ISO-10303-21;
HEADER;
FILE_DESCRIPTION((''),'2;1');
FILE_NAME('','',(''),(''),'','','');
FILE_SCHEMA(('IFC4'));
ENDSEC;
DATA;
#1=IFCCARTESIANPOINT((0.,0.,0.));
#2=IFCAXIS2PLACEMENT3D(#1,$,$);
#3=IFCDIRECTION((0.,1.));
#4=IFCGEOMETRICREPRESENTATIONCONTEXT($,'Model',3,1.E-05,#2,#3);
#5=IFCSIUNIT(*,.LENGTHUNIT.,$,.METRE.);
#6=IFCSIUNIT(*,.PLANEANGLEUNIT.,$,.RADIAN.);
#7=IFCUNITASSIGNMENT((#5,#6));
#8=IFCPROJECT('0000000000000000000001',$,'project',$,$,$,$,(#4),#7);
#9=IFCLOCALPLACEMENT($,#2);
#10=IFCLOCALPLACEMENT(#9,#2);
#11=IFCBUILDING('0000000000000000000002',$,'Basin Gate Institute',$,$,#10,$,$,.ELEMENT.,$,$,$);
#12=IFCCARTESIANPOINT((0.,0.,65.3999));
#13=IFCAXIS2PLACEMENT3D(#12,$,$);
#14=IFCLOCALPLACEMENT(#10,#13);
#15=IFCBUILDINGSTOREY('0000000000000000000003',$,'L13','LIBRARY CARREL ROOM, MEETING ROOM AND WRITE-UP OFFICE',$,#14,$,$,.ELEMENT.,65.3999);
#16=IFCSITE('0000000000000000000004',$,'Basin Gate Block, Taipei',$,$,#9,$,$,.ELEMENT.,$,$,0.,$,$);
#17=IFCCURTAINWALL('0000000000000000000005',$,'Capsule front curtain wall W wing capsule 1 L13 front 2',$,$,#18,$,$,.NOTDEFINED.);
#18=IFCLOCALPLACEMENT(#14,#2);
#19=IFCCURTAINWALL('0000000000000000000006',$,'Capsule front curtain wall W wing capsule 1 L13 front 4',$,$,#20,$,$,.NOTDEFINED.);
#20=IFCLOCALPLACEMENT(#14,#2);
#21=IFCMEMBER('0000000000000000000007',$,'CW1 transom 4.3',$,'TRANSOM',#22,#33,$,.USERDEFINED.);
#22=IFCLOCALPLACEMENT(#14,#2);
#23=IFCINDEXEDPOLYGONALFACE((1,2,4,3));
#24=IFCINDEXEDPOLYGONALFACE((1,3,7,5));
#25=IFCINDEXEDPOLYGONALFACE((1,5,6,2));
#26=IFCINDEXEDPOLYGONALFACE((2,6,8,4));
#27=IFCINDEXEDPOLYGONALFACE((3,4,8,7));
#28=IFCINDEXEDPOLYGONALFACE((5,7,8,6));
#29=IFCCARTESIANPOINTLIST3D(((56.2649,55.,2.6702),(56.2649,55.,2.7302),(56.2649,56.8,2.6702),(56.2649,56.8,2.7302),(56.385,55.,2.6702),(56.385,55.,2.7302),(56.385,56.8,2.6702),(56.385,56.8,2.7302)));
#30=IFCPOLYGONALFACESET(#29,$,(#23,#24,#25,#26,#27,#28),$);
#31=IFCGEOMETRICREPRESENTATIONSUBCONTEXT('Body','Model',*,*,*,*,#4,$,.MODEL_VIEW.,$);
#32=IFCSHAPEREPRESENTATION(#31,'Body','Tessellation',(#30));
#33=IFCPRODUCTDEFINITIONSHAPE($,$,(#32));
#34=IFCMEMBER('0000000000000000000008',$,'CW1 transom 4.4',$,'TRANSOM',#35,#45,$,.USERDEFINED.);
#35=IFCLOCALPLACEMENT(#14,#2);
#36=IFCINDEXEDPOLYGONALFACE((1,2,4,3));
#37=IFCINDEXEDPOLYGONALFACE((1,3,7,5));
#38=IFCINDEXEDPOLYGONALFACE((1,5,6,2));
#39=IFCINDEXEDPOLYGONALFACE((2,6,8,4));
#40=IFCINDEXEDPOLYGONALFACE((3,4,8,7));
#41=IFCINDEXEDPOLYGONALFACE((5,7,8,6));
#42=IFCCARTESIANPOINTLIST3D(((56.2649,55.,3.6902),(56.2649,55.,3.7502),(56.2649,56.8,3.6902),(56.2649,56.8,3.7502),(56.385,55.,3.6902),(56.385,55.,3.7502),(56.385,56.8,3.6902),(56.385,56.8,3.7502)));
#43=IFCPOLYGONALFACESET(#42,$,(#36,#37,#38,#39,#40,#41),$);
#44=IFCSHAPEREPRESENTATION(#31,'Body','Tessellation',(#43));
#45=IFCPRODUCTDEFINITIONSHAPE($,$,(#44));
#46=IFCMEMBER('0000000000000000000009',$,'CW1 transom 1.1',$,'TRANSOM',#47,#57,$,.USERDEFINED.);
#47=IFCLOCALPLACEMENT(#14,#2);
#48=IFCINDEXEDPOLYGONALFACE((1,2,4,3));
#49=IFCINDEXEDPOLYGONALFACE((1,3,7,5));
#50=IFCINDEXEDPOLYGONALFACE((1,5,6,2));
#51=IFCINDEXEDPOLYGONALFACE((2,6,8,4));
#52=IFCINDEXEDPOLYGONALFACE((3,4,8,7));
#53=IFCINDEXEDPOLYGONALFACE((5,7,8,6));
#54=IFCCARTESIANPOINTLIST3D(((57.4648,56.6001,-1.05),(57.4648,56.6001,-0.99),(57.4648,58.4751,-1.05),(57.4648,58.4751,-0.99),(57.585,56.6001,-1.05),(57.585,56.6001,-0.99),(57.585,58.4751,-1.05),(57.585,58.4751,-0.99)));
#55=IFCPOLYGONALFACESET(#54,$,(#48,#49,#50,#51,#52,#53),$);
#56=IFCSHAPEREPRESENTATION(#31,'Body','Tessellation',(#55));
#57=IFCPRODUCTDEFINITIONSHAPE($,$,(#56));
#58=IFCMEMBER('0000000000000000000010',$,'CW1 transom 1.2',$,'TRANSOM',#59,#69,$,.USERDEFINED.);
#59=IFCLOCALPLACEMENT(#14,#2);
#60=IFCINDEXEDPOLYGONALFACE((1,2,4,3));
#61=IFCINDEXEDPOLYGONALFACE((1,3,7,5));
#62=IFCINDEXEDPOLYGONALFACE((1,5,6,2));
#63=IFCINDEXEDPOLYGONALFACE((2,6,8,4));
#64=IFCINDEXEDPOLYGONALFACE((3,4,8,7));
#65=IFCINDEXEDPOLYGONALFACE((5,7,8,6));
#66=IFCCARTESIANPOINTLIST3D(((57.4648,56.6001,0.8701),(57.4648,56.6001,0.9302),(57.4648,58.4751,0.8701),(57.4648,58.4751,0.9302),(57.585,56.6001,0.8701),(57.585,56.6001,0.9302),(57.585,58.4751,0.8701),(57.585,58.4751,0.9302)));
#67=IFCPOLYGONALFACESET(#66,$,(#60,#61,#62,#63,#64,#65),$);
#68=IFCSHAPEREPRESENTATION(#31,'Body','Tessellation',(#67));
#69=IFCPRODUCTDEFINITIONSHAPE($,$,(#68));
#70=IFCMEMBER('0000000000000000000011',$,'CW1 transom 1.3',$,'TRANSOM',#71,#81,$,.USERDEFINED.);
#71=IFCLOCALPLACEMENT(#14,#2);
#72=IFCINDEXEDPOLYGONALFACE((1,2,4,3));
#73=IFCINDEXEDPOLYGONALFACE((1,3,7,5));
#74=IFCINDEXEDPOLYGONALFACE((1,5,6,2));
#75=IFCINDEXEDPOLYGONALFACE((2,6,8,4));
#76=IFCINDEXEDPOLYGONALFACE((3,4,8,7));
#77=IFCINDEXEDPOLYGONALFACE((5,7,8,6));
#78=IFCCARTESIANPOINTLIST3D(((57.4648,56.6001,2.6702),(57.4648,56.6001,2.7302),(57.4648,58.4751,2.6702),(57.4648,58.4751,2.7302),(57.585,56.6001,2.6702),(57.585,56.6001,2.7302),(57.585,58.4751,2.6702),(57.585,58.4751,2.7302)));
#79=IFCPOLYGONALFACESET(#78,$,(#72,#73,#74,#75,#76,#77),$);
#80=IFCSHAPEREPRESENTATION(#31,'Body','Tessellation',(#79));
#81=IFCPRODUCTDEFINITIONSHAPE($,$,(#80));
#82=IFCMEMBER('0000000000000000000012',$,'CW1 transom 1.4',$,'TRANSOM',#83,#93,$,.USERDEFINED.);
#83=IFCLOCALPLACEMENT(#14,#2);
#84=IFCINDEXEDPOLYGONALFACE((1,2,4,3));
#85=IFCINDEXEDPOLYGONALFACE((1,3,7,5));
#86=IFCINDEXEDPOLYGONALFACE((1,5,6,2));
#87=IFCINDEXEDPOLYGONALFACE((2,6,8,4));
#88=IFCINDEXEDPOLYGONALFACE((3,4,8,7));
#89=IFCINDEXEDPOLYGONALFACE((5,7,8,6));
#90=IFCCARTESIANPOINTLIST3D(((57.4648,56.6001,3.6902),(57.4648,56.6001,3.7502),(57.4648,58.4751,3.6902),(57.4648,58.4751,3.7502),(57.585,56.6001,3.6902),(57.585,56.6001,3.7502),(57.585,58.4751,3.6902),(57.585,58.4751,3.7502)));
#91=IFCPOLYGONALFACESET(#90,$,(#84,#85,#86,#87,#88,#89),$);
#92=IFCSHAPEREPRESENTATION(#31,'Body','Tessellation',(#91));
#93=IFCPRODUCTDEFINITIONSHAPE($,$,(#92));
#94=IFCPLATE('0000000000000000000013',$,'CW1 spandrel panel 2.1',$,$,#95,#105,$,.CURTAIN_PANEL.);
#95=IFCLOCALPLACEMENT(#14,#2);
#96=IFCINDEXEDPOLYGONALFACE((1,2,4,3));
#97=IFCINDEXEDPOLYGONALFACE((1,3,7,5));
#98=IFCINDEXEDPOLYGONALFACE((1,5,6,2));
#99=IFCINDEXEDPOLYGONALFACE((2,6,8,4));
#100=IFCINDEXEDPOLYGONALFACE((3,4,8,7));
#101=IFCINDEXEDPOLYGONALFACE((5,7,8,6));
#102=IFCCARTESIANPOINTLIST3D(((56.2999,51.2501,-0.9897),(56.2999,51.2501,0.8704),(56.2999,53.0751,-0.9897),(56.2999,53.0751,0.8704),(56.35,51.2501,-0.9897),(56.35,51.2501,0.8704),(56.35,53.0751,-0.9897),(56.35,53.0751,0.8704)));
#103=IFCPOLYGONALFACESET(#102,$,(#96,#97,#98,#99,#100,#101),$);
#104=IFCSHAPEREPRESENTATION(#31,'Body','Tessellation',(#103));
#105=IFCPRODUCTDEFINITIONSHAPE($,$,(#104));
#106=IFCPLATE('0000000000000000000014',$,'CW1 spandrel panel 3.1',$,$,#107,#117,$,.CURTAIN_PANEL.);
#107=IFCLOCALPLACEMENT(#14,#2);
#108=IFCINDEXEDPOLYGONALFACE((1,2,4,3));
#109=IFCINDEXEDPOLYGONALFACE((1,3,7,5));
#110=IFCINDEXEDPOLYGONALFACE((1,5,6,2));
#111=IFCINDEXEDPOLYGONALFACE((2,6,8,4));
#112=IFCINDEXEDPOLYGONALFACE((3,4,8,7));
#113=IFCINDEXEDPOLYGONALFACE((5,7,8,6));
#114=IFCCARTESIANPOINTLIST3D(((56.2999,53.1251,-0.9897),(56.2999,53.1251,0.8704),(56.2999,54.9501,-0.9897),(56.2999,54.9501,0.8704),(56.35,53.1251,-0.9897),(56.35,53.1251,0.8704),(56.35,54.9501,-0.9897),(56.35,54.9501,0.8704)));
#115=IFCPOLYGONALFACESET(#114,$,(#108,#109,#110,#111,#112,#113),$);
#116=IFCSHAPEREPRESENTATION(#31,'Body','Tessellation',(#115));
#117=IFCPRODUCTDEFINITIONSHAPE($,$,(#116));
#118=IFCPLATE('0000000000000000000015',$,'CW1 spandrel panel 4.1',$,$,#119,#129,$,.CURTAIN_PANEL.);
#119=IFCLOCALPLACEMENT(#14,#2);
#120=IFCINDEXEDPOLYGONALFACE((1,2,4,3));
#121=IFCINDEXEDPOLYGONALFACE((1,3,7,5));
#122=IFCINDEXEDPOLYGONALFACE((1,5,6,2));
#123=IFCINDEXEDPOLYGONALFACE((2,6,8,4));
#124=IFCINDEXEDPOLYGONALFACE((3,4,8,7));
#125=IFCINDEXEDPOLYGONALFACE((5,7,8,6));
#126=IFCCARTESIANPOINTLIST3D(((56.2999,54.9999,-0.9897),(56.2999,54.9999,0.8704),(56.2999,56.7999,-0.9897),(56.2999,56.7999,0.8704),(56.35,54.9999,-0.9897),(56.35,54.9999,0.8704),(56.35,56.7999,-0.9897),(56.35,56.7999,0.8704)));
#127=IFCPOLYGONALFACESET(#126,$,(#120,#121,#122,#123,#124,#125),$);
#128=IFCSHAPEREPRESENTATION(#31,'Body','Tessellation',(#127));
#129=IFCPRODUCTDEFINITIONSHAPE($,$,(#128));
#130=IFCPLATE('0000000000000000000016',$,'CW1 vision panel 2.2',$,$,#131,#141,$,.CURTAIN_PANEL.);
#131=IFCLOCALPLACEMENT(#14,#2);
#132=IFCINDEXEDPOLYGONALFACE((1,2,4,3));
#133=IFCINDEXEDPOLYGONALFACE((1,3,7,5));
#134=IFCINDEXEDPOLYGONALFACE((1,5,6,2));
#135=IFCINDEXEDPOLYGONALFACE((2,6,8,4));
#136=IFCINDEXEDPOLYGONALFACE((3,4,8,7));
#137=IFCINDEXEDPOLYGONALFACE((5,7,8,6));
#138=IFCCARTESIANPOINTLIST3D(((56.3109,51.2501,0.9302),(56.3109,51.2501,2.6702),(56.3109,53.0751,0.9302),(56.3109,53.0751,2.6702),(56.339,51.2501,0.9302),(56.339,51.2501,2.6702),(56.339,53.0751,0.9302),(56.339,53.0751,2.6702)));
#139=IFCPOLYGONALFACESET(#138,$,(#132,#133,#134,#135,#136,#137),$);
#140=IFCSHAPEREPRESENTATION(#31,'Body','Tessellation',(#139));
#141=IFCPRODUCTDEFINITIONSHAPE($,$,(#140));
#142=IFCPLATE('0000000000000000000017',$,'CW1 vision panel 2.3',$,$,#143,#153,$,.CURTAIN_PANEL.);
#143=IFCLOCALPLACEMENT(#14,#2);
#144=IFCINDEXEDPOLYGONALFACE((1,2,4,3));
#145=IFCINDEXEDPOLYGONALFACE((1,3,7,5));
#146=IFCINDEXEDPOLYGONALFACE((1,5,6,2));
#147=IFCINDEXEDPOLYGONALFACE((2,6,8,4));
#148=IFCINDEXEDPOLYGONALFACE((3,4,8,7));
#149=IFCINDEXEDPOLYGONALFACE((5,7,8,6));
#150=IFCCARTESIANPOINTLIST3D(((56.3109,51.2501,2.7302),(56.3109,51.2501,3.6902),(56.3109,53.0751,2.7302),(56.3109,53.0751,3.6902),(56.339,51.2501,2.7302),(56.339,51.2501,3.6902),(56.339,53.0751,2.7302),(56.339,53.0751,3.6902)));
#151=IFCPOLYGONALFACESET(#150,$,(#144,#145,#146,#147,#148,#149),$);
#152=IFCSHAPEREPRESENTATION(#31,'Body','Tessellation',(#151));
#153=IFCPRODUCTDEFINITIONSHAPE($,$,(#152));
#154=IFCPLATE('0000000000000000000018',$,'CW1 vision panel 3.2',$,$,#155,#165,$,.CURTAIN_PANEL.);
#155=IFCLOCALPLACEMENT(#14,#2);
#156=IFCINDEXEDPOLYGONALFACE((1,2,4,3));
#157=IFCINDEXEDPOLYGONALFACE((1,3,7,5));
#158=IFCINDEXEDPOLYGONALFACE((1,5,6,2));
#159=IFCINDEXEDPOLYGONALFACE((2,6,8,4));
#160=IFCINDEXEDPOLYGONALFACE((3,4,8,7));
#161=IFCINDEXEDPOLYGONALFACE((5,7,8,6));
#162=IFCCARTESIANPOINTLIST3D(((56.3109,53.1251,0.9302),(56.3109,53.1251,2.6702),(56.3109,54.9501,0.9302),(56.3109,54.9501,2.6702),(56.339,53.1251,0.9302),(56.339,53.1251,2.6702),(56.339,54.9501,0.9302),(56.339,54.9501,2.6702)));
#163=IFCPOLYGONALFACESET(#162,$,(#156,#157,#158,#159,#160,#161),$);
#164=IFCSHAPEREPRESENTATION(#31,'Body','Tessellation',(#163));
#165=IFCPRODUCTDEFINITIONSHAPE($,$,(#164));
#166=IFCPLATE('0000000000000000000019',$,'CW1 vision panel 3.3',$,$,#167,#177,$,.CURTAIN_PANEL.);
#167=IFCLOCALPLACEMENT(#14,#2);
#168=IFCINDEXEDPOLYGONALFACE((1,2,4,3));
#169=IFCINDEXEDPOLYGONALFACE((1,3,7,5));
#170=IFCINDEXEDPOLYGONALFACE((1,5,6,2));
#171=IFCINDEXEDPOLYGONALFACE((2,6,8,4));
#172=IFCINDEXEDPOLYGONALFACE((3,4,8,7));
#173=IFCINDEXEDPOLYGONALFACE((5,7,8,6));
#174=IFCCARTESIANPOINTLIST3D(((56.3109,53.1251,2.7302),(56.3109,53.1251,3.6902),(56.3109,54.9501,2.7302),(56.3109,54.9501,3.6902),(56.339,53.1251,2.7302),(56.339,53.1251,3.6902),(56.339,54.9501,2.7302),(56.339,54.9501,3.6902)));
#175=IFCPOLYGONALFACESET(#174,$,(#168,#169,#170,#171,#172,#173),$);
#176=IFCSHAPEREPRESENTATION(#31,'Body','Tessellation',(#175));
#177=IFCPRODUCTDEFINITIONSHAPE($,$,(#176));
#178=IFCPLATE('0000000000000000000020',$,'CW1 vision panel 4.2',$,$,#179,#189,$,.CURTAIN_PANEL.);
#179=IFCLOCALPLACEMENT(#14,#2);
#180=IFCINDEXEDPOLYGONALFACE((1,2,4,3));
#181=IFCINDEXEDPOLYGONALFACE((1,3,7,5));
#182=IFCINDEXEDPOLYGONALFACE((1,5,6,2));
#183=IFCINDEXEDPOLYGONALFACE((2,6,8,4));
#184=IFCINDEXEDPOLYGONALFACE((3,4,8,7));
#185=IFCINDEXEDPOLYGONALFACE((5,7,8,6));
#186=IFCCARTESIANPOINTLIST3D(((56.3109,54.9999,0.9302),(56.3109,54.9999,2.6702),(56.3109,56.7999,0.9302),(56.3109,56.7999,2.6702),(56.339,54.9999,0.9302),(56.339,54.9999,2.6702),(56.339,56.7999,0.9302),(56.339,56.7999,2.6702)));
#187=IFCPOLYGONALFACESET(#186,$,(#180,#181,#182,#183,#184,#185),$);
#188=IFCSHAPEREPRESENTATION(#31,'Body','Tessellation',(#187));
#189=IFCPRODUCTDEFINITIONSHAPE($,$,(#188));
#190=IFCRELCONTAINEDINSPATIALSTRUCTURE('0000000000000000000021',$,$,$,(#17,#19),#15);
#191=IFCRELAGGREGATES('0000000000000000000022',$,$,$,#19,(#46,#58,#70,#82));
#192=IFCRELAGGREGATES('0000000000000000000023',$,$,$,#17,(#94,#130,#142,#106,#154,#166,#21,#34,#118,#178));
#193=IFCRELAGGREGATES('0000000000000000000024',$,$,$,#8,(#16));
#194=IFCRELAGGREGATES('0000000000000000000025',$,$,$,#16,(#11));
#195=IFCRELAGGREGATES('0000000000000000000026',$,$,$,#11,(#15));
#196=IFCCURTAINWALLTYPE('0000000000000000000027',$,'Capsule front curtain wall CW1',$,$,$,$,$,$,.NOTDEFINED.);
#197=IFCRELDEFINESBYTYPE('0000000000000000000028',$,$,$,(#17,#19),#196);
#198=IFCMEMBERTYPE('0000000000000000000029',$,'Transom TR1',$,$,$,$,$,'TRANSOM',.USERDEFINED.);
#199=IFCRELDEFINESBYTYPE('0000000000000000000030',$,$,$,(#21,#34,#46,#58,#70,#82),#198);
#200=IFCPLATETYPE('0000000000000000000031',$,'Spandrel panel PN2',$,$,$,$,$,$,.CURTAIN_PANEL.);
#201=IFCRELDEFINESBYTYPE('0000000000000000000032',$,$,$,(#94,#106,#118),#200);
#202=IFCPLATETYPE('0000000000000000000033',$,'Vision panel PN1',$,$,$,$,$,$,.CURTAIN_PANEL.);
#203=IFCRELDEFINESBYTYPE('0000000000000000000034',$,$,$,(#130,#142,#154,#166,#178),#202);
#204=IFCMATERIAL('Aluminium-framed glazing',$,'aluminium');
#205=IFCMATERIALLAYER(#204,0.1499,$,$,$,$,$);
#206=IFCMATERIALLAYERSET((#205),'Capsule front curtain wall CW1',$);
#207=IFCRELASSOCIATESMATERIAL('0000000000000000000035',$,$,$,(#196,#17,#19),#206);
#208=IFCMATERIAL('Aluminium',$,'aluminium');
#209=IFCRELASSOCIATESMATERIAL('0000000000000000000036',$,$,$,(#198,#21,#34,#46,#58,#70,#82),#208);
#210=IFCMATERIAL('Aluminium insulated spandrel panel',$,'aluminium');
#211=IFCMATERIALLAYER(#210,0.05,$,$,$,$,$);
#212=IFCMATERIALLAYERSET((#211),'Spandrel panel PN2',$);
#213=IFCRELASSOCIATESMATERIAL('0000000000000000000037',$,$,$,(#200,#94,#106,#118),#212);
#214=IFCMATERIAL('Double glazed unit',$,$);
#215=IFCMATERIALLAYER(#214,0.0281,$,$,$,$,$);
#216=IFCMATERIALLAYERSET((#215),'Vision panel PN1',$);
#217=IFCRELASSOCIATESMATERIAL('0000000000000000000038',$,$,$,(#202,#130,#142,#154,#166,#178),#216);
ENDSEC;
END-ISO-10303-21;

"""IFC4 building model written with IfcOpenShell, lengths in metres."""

from ifc_helpers import new_model, si_unit, direction, frame, origin, origin_2d, place, context, subcontext, project, spatial, rectangle, extrude, material, layer, layer_set, material_profile, profile_set, type_object, element, aggregate, save


model = new_model("IFC4")

# Units and contexts
model_context = context("Model", 3, precision=1e-05, world=origin(), true_north=direction((0.0, 1.0)))
body_context = subcontext(model_context, "Body", "Model", "MODEL_VIEW")
ifc_project = project(units=[si_unit("LENGTHUNIT", "METRE"), si_unit("PLANEANGLEUNIT", "RADIAN")], contexts=[model_context])

# Site, building, storey
site_placement = place(None, origin())
site = spatial("IfcSite", under=ifc_project, at=site_placement, Name="Basin Gate Block, Taipei", CompositionType="ELEMENT", RefElevation=0.0)
building_placement = place(site_placement, origin())
building = spatial("IfcBuilding", under=site, at=building_placement, Name="Basin Gate Institute", CompositionType="ELEMENT")
storey_placement = place(building_placement, frame((0.0, 0.0, 65.3999)))
storey = spatial("IfcBuildingStorey", under=building, at=storey_placement, Name="L13", Description="LIBRARY CARREL ROOM, MEETING ROOM AND WRITE-UP OFFICE", CompositionType="ELEMENT", Elevation=65.3999)

# Shared definitions
ifc_material_1 = material(Name="Aluminium-framed glazing", Category="aluminium")
ifc_layer_1 = layer(ifc_material_1, 0.1499)
ifc_layer_set_1 = layer_set([ifc_layer_1], Name="Capsule front curtain wall CW1")
curtain_wall_type = type_object("IfcCurtainWallType", Name="Capsule front curtain wall CW1", PredefinedType="NOTDEFINED", material=ifc_layer_set_1)

# Curtain wall
curtain_wall_1_placement = place(storey_placement, origin())
curtain_wall_1 = element("IfcCurtainWall", 1, at=curtain_wall_1_placement, inside=storey, type_object=curtain_wall_type, material=ifc_layer_set_1, Name="Capsule front curtain wall W wing capsule 1 L13 front 2", PredefinedType="NOTDEFINED")

# Curtain wall
curtain_wall_2_placement = place(storey_placement, origin())
curtain_wall_2 = element("IfcCurtainWall", 2, at=curtain_wall_2_placement, inside=storey, type_object=curtain_wall_type, material=ifc_layer_set_1, Name="Capsule front curtain wall W wing capsule 1 L13 front 4", PredefinedType="NOTDEFINED")

# Members
ifc_material_2 = material(Name="Aluminium", Category="aluminium")
ifc_material_profile_1 = material_profile(ifc_material_2, rectangle(XDim=0.1201, YDim=0.0601, at=origin_2d()), Name="Transom TR1 120 x 60")
ifc_profile_set_1 = profile_set([ifc_material_profile_1], Name="Aluminium")
member_type_1 = type_object("IfcMemberType", Name="Transom TR1", ElementType="TRANSOM", PredefinedType="USERDEFINED", material=ifc_profile_set_1)
member_1_placement = place(storey_placement, frame((56.325, 55.0, 2.7002), z_axis=(0.0, 1.0, 0.0), x_axis=(-1.0, 0.0, 0.0)))
member_1 = element("IfcMember", 3, at=member_1_placement, type_object=member_type_1, material=ifc_profile_set_1, Name="CW1 transom 4.3", ObjectType="TRANSOM", PredefinedType="USERDEFINED", context=body_context, shape_type="SweptSolid", body=[
    extrude(rectangle(XDim=0.1201, YDim=0.0601, at=origin_2d()), origin(), (0.0, 0.0, 1.0), 1.8),
])
member_2_placement = place(storey_placement, frame((56.325, 55.0, 3.7202), z_axis=(0.0, 1.0, 0.0), x_axis=(-1.0, 0.0, 0.0)))
member_2 = element("IfcMember", 4, at=member_2_placement, type_object=member_type_1, material=ifc_profile_set_1, Name="CW1 transom 4.4", ObjectType="TRANSOM", PredefinedType="USERDEFINED", context=body_context, shape_type="SweptSolid", body=[
    extrude(rectangle(XDim=0.1201, YDim=0.0601, at=origin_2d()), origin(), (0.0, 0.0, 1.0), 1.8),
])
member_3_placement = place(storey_placement, frame((57.5249, 56.6001, -1.02), z_axis=(0.0, 1.0, 0.0), x_axis=(-1.0, 0.0, 0.0)))
member_3 = element("IfcMember", 5, at=member_3_placement, type_object=member_type_1, material=ifc_profile_set_1, Name="CW1 transom 1.1", ObjectType="TRANSOM", PredefinedType="USERDEFINED", context=body_context, shape_type="SweptSolid", body=[
    extrude(rectangle(XDim=0.1201, YDim=0.0601, at=origin_2d()), origin(), (0.0, 0.0, 1.0), 1.875),
])
member_4_placement = place(storey_placement, frame((57.5249, 56.6001, 0.9001), z_axis=(0.0, 1.0, 0.0), x_axis=(-1.0, 0.0, 0.0)))
member_4 = element("IfcMember", 6, at=member_4_placement, type_object=member_type_1, material=ifc_profile_set_1, Name="CW1 transom 1.2", ObjectType="TRANSOM", PredefinedType="USERDEFINED", context=body_context, shape_type="SweptSolid", body=[
    extrude(rectangle(XDim=0.1201, YDim=0.0601, at=origin_2d()), origin(), (0.0, 0.0, 1.0), 1.875),
])
member_5_placement = place(storey_placement, frame((57.5249, 56.6001, 2.7002), z_axis=(0.0, 1.0, 0.0), x_axis=(-1.0, 0.0, 0.0)))
member_5 = element("IfcMember", 7, at=member_5_placement, type_object=member_type_1, material=ifc_profile_set_1, Name="CW1 transom 1.3", ObjectType="TRANSOM", PredefinedType="USERDEFINED", context=body_context, shape_type="SweptSolid", body=[
    extrude(rectangle(XDim=0.1201, YDim=0.0601, at=origin_2d()), origin(), (0.0, 0.0, 1.0), 1.875),
])
member_6_placement = place(storey_placement, frame((57.5249, 56.6001, 3.7202), z_axis=(0.0, 1.0, 0.0), x_axis=(-1.0, 0.0, 0.0)))
member_6 = element("IfcMember", 8, at=member_6_placement, type_object=member_type_1, material=ifc_profile_set_1, Name="CW1 transom 1.4", ObjectType="TRANSOM", PredefinedType="USERDEFINED", context=body_context, shape_type="SweptSolid", body=[
    extrude(rectangle(XDim=0.1201, YDim=0.0601, at=origin_2d()), origin(), (0.0, 0.0, 1.0), 1.875),
])
aggregate(curtain_wall_2, [member_3, member_4, member_5, member_6])

# Plates
ifc_material_3 = material(Name="Aluminium insulated spandrel panel", Category="aluminium")
ifc_layer_2 = layer(ifc_material_3, 0.05)
ifc_layer_set_2 = layer_set([ifc_layer_2], Name="Spandrel panel PN2")
plate_type_1 = type_object("IfcPlateType", Name="Spandrel panel PN2", PredefinedType="CURTAIN_PANEL", material=ifc_layer_set_2)
plate_1_placement = place(storey_placement, frame((56.325, 52.1626, -0.9897), z_axis=(0.0, 0.0, 1.0), x_axis=(0.0, 1.0, 0.0)))
plate_1 = element("IfcPlate", 9, at=plate_1_placement, type_object=plate_type_1, material=ifc_layer_set_2, Name="CW1 spandrel panel 2.1", PredefinedType="CURTAIN_PANEL", context=body_context, shape_type="SweptSolid", body=[
    extrude(rectangle(XDim=1.825, YDim=0.05, at=origin_2d()), origin(), (0.0, 0.0, 1.0), 1.8601),
])
plate_2_placement = place(storey_placement, frame((56.325, 54.0376, -0.9897), z_axis=(0.0, 0.0, 1.0), x_axis=(0.0, 1.0, 0.0)))
plate_2 = element("IfcPlate", 10, at=plate_2_placement, type_object=plate_type_1, material=ifc_layer_set_2, Name="CW1 spandrel panel 3.1", PredefinedType="CURTAIN_PANEL", context=body_context, shape_type="SweptSolid", body=[
    extrude(rectangle(XDim=1.825, YDim=0.05, at=origin_2d()), origin(), (0.0, 0.0, 1.0), 1.8601),
])
plate_3_placement = place(storey_placement, frame((56.325, 55.8999, -0.9897), z_axis=(0.0, 0.0, 1.0), x_axis=(0.0, 1.0, 0.0)))
plate_3 = element("IfcPlate", 11, at=plate_3_placement, type_object=plate_type_1, material=ifc_layer_set_2, Name="CW1 spandrel panel 4.1", PredefinedType="CURTAIN_PANEL", context=body_context, shape_type="SweptSolid", body=[
    extrude(rectangle(XDim=1.8, YDim=0.05, at=origin_2d()), origin(), (0.0, 0.0, 1.0), 1.8601),
])
ifc_material_4 = material(Name="Double glazed unit")
ifc_layer_3 = layer(ifc_material_4, 0.0281)
ifc_layer_set_3 = layer_set([ifc_layer_3], Name="Vision panel PN1")
plate_type_2 = type_object("IfcPlateType", Name="Vision panel PN1", PredefinedType="CURTAIN_PANEL", material=ifc_layer_set_3)
plate_4_placement = place(storey_placement, frame((56.325, 52.1626, 0.9302), z_axis=(0.0, 0.0, 1.0), x_axis=(0.0, 1.0, 0.0)))
plate_4 = element("IfcPlate", 12, at=plate_4_placement, type_object=plate_type_2, material=ifc_layer_set_3, Name="CW1 vision panel 2.2", PredefinedType="CURTAIN_PANEL", context=body_context, shape_type="SweptSolid", body=[
    extrude(rectangle(XDim=1.825, YDim=0.0281, at=origin_2d()), origin(), (0.0, 0.0, 1.0), 1.74),
])
plate_5_placement = place(storey_placement, frame((56.325, 52.1626, 2.7302), z_axis=(0.0, 0.0, 1.0), x_axis=(0.0, 1.0, 0.0)))
plate_5 = element("IfcPlate", 13, at=plate_5_placement, type_object=plate_type_2, material=ifc_layer_set_3, Name="CW1 vision panel 2.3", PredefinedType="CURTAIN_PANEL", context=body_context, shape_type="SweptSolid", body=[
    extrude(rectangle(XDim=1.825, YDim=0.0281, at=origin_2d()), origin(), (0.0, 0.0, 1.0), 0.96),
])
plate_6_placement = place(storey_placement, frame((56.325, 54.0376, 0.9302), z_axis=(0.0, 0.0, 1.0), x_axis=(0.0, 1.0, 0.0)))
plate_6 = element("IfcPlate", 14, at=plate_6_placement, type_object=plate_type_2, material=ifc_layer_set_3, Name="CW1 vision panel 3.2", PredefinedType="CURTAIN_PANEL", context=body_context, shape_type="SweptSolid", body=[
    extrude(rectangle(XDim=1.825, YDim=0.0281, at=origin_2d()), origin(), (0.0, 0.0, 1.0), 1.74),
])
plate_7_placement = place(storey_placement, frame((56.325, 54.0376, 2.7302), z_axis=(0.0, 0.0, 1.0), x_axis=(0.0, 1.0, 0.0)))
plate_7 = element("IfcPlate", 15, at=plate_7_placement, type_object=plate_type_2, material=ifc_layer_set_3, Name="CW1 vision panel 3.3", PredefinedType="CURTAIN_PANEL", context=body_context, shape_type="SweptSolid", body=[
    extrude(rectangle(XDim=1.825, YDim=0.0281, at=origin_2d()), origin(), (0.0, 0.0, 1.0), 0.96),
])
plate_8_placement = place(storey_placement, frame((56.325, 55.8999, 0.9302), z_axis=(0.0, 0.0, 1.0), x_axis=(0.0, 1.0, 0.0)))
plate_8 = element("IfcPlate", 16, at=plate_8_placement, type_object=plate_type_2, material=ifc_layer_set_3, Name="CW1 vision panel 4.2", PredefinedType="CURTAIN_PANEL", context=body_context, shape_type="SweptSolid", body=[
    extrude(rectangle(XDim=1.8, YDim=0.0281, at=origin_2d()), origin(), (0.0, 0.0, 1.0), 1.74),
])
aggregate(curtain_wall_1, [plate_1, plate_4, plate_5, plate_2, plate_6, plate_7, member_1, member_2, plate_3, plate_8])

save(model, "model.ifc")
